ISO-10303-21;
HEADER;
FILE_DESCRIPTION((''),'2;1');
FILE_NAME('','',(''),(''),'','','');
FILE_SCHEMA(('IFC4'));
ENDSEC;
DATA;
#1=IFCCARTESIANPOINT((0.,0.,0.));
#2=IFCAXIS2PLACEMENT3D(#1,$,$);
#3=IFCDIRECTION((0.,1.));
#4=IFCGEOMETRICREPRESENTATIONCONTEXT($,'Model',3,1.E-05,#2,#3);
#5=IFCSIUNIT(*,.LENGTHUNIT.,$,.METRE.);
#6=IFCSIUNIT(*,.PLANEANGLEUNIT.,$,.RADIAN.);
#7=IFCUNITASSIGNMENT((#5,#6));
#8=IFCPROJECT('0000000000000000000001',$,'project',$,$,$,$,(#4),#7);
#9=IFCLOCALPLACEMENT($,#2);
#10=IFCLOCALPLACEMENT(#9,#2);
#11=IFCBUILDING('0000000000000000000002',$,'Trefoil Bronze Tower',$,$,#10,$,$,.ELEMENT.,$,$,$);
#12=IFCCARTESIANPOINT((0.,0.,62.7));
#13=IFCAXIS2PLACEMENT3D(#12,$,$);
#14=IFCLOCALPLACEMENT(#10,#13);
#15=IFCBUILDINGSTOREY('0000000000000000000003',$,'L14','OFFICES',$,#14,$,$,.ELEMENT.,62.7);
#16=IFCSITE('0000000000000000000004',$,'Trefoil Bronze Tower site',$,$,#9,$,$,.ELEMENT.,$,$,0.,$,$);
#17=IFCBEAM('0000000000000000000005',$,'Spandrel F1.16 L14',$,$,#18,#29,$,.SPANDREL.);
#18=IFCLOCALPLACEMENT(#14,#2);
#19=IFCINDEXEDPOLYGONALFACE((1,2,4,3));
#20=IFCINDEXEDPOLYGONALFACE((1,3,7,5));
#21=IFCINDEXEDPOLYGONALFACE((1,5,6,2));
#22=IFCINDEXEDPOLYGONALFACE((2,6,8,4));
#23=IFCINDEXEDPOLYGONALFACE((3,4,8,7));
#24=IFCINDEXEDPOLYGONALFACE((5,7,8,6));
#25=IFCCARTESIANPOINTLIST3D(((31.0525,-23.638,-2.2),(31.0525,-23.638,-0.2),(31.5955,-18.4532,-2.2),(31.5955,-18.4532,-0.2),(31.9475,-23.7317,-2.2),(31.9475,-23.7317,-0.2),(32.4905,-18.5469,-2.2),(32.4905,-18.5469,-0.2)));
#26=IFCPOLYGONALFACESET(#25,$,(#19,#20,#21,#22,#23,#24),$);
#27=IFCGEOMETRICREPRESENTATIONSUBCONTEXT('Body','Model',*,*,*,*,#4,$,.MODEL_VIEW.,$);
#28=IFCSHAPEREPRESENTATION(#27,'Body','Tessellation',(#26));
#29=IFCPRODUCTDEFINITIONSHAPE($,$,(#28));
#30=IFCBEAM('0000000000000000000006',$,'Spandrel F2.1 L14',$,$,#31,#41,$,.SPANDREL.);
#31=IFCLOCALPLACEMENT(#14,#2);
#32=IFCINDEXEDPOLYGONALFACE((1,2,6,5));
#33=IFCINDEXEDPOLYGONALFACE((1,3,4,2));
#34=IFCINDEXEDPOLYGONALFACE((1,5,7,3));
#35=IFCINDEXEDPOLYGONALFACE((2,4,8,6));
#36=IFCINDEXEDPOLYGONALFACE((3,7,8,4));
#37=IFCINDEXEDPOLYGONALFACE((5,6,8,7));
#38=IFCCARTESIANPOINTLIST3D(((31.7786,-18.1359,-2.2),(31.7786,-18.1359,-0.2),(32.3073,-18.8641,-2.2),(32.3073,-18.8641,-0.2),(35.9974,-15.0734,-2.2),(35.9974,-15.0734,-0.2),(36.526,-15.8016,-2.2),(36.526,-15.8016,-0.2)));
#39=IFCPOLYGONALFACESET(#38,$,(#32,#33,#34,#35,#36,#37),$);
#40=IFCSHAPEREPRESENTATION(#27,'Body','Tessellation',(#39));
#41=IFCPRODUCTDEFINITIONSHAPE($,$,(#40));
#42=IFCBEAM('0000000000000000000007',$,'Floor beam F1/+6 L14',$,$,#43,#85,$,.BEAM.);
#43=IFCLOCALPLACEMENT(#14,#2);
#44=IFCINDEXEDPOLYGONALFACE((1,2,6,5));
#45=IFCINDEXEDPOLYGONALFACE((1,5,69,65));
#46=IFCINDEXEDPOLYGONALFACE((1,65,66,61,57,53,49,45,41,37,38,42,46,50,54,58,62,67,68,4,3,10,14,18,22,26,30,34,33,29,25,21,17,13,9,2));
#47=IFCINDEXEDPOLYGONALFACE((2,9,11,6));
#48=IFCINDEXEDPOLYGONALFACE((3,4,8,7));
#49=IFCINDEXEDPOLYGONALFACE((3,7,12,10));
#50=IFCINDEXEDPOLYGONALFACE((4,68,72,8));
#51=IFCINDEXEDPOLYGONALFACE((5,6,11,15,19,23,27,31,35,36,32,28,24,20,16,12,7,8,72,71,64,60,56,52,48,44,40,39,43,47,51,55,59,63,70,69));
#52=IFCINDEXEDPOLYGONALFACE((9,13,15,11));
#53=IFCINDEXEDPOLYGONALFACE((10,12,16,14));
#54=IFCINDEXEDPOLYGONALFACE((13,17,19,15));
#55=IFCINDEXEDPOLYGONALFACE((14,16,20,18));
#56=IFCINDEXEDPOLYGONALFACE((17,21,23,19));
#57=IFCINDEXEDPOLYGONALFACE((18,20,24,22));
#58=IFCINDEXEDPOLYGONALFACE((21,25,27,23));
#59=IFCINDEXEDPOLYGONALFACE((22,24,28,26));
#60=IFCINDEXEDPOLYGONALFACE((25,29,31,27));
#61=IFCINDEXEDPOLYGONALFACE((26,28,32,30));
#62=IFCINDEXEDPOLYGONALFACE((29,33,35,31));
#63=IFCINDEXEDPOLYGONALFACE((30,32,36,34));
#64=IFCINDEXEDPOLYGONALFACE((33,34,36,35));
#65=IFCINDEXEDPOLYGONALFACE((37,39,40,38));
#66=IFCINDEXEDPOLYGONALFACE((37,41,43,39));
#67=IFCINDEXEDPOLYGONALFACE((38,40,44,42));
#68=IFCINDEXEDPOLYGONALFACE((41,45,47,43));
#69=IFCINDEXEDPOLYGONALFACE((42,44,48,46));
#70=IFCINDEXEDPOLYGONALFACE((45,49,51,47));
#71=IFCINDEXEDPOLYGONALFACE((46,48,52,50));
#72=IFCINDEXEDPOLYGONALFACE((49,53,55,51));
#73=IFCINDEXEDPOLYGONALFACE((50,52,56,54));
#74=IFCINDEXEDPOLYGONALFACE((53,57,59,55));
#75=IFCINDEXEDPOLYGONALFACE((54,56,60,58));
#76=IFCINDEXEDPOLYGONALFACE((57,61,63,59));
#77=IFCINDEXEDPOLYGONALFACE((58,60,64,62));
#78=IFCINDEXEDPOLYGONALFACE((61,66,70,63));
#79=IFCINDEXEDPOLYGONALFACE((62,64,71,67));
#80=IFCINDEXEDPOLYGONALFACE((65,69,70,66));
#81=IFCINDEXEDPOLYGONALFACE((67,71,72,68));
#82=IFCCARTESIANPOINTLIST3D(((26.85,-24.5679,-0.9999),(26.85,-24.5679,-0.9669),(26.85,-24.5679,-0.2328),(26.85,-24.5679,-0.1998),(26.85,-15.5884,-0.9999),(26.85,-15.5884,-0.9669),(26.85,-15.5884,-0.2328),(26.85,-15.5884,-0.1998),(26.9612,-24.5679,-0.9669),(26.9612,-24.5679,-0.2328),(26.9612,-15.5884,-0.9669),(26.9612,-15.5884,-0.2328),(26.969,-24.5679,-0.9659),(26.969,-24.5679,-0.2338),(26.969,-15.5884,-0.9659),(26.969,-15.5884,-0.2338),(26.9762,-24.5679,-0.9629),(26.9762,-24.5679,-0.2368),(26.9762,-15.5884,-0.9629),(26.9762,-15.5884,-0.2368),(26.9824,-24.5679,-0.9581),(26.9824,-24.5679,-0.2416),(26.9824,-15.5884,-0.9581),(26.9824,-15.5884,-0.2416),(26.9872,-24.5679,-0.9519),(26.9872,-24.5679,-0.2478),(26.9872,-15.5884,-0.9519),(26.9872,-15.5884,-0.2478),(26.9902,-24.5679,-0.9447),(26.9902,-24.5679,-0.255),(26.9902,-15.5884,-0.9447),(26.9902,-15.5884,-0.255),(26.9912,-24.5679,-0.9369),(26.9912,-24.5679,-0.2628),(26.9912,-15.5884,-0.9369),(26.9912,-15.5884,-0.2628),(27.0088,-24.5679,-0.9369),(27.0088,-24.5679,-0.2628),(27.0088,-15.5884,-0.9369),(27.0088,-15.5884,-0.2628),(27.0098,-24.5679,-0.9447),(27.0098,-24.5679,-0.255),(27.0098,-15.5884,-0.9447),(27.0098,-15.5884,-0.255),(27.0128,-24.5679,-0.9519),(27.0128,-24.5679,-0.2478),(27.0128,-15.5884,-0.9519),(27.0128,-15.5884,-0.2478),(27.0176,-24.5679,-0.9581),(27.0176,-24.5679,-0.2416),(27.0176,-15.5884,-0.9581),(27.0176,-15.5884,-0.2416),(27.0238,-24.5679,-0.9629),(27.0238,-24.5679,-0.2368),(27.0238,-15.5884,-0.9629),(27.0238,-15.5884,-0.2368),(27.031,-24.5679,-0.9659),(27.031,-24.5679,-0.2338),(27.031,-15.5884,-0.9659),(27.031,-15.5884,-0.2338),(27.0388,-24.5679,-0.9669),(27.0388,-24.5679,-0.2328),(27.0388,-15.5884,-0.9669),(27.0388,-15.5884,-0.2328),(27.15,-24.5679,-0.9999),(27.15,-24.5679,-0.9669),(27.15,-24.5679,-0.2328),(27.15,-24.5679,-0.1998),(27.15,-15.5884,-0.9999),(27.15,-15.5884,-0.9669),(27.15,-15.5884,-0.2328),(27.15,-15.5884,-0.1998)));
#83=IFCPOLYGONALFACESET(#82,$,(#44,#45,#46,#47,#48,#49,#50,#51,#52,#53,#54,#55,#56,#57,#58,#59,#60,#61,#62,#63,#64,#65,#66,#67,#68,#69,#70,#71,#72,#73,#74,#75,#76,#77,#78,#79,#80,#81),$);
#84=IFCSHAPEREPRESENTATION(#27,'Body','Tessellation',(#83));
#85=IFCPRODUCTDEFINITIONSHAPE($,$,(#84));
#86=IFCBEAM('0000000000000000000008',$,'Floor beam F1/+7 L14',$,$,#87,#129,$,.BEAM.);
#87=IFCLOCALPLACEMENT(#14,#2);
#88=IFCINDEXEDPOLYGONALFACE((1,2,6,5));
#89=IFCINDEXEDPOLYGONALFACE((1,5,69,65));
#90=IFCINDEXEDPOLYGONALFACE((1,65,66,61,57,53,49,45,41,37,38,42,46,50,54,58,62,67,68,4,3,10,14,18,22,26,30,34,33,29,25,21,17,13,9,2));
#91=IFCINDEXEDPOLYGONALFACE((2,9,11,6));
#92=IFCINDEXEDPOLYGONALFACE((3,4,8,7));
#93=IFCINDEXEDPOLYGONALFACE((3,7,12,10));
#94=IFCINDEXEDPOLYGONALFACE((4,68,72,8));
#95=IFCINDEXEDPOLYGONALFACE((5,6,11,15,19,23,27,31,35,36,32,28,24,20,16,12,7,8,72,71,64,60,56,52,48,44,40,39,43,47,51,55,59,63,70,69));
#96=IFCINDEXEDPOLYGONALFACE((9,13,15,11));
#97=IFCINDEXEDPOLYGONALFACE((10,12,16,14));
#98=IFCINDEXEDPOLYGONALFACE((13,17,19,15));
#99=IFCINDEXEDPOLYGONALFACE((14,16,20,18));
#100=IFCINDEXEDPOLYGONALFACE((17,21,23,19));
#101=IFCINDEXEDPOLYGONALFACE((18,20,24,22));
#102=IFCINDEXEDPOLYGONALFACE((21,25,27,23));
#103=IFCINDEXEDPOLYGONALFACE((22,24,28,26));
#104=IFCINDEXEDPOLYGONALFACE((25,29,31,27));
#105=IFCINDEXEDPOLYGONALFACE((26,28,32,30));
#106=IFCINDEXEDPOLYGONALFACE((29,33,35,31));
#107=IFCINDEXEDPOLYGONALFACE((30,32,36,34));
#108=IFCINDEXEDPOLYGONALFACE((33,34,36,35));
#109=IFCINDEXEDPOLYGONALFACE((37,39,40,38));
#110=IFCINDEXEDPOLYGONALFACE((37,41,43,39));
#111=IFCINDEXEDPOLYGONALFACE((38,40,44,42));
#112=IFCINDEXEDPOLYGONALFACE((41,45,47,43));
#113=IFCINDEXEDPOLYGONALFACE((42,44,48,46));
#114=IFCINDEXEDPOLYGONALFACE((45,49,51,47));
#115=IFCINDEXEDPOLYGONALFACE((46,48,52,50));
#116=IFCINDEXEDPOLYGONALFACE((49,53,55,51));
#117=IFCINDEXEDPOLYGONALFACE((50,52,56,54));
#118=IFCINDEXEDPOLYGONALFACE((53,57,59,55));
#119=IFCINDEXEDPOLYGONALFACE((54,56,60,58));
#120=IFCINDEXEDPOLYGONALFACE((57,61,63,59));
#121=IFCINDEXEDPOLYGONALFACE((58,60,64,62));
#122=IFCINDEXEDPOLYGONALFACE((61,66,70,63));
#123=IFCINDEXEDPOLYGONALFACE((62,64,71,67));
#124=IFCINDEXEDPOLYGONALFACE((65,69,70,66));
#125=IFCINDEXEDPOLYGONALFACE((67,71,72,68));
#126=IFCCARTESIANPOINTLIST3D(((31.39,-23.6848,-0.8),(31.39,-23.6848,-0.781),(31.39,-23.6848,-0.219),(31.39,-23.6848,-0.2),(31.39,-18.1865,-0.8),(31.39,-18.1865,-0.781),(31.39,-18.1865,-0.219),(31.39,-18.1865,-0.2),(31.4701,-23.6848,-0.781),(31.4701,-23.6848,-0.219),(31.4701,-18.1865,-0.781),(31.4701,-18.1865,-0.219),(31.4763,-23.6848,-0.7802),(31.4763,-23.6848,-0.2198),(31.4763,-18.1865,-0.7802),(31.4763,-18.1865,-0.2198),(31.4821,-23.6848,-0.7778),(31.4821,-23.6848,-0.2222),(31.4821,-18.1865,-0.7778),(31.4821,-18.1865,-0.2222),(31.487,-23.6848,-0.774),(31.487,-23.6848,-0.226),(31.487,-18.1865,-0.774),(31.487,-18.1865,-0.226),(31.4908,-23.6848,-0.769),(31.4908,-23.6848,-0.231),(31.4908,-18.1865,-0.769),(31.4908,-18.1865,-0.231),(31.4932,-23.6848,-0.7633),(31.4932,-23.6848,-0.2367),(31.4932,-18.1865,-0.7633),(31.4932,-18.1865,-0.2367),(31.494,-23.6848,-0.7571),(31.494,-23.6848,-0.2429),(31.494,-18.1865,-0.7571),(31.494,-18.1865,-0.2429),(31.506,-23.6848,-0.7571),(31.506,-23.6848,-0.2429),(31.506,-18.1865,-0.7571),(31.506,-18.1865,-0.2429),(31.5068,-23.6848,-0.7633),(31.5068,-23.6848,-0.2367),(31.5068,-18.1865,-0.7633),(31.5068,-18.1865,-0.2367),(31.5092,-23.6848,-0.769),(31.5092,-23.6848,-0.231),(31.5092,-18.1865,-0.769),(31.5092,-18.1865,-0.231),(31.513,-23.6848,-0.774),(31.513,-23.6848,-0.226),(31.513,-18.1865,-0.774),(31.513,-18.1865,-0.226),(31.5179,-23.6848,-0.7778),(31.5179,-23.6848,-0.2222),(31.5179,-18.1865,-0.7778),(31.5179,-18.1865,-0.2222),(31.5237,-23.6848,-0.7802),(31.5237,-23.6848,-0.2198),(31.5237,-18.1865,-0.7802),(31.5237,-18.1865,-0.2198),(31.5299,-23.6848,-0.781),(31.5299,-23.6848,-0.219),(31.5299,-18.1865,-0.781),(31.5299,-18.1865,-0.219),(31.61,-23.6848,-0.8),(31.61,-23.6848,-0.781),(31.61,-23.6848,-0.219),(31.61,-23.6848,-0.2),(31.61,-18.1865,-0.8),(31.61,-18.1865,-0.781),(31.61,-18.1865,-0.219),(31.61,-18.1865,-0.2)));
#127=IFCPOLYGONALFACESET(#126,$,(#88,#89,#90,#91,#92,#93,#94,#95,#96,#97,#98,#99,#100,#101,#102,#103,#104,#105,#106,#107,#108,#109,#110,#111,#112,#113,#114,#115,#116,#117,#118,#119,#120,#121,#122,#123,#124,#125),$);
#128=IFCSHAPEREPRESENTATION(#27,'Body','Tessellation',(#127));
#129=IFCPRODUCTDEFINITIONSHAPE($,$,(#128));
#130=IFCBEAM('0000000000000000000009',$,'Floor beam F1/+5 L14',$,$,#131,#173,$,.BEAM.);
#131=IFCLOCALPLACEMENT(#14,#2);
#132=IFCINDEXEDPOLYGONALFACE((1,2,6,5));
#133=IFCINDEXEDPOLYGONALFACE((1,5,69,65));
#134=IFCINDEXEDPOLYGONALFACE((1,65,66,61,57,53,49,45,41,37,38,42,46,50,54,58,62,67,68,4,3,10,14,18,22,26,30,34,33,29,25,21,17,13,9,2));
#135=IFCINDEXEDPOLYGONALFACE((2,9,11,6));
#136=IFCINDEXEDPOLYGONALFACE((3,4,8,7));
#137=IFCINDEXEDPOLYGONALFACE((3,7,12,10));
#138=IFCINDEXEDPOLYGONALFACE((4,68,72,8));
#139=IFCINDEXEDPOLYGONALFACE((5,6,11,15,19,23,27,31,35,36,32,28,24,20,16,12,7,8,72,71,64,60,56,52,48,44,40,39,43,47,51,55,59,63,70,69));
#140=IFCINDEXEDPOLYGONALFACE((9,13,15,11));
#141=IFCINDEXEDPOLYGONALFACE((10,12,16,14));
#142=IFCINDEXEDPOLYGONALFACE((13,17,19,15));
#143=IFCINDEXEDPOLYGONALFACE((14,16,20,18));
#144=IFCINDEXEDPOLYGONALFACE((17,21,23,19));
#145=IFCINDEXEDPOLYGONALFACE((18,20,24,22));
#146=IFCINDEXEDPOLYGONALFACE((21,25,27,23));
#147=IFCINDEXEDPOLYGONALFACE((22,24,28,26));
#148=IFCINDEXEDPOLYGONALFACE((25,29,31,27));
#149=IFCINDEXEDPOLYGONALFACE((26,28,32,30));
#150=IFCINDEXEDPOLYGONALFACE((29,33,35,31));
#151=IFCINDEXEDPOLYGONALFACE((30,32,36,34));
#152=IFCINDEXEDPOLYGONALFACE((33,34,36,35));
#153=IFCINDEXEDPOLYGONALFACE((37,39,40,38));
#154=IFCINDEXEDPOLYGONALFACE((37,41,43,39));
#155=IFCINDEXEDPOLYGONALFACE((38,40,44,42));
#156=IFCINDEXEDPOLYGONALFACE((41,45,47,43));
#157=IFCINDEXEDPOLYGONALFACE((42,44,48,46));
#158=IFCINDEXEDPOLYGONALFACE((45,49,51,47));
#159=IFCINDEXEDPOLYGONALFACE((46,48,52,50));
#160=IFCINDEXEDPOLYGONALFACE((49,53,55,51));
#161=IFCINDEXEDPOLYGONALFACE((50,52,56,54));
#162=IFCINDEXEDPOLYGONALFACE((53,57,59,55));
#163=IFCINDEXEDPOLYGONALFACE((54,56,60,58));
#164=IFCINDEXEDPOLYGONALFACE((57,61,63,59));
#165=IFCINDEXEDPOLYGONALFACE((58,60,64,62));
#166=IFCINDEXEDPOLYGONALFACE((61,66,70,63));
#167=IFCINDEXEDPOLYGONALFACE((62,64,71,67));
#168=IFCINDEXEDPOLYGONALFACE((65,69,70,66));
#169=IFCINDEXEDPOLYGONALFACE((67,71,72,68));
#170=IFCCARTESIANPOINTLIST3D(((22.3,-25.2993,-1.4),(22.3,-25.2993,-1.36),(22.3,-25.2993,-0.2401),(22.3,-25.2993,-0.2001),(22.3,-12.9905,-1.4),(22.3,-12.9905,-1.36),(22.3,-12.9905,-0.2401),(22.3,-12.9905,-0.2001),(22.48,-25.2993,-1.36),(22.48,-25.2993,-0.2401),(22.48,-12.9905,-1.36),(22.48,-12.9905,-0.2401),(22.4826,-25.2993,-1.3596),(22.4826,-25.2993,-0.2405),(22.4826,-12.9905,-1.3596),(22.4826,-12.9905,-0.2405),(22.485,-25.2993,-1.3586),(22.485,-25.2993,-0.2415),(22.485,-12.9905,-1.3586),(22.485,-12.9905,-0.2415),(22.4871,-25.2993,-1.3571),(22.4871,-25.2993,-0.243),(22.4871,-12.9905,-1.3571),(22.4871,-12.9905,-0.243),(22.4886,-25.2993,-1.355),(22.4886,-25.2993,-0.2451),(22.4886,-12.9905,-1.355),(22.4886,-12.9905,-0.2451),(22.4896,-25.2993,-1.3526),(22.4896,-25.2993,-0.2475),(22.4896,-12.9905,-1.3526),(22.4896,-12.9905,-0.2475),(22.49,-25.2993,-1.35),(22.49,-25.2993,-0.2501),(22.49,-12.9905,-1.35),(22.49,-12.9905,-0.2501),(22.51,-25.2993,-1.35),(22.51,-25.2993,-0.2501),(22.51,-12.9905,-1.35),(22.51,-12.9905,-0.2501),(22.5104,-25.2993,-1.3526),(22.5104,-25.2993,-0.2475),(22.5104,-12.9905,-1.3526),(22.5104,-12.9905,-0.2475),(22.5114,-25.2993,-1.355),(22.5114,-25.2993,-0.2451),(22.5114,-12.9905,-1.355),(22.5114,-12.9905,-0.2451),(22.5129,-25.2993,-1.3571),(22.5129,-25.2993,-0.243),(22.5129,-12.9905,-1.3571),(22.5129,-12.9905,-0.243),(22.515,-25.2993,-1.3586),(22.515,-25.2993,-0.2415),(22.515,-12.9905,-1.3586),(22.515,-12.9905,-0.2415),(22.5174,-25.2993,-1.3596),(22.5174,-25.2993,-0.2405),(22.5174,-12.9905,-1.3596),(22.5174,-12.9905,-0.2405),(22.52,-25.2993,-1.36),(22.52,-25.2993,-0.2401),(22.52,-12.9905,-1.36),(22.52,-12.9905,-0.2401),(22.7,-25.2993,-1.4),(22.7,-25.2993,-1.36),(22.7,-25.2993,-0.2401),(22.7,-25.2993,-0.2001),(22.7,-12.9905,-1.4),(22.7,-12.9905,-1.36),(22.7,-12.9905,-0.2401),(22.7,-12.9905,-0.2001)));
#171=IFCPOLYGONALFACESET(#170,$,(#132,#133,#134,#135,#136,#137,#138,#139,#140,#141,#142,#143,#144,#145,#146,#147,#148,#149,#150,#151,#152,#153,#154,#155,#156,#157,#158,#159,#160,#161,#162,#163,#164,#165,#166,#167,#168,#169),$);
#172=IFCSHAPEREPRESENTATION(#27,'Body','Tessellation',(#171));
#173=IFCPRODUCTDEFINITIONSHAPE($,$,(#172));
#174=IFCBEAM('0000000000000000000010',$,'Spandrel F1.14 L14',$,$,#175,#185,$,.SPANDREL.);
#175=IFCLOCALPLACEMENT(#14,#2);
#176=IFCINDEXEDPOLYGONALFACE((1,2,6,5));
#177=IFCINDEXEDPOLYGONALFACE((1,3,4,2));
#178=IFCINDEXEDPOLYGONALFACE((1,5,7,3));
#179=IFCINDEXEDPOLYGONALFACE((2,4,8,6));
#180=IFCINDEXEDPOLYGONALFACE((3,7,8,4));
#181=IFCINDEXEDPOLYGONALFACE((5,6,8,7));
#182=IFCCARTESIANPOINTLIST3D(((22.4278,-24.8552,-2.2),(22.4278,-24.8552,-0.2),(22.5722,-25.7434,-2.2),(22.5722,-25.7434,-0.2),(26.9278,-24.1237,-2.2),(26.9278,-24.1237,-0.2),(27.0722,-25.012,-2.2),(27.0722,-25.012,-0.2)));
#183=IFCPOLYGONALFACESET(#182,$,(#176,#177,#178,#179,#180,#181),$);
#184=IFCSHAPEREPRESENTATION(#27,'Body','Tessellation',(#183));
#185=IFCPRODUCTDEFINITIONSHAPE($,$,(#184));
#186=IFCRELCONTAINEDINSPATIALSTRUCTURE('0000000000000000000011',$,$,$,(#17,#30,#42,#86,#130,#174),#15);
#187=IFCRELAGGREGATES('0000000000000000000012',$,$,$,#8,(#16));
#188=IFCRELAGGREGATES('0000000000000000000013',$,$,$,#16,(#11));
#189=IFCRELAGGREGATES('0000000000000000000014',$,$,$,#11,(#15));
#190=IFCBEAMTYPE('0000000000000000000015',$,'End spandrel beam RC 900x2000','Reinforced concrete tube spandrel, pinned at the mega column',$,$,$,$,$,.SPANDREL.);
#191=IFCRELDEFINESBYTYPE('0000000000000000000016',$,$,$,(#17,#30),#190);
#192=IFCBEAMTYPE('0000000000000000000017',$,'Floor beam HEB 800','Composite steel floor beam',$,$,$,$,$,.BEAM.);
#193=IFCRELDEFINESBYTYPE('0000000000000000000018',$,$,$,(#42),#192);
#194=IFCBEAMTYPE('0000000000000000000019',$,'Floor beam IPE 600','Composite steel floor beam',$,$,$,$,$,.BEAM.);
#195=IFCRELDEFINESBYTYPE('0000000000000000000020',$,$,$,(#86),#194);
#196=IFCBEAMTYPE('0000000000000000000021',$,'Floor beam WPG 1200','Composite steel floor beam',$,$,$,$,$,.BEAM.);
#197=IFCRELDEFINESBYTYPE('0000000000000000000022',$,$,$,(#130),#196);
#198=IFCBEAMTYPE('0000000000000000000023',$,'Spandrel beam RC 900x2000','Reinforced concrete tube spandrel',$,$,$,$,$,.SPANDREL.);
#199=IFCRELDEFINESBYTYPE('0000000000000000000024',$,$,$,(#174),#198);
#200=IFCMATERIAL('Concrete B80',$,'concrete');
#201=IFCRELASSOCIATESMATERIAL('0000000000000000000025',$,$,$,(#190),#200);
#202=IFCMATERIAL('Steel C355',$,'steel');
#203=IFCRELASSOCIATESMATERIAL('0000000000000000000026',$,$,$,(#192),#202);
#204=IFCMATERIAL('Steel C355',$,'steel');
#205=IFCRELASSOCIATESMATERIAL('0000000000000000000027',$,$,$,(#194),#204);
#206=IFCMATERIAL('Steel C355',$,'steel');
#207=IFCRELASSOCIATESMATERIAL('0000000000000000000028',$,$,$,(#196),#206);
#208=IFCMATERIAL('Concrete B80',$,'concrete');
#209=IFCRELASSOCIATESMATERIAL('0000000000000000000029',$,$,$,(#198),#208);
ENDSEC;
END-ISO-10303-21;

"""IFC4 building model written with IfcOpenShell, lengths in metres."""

from ifc_helpers import new_model, si_unit, direction, frame, origin, origin_2d, place, context, subcontext, project, spatial, rectangle, i_section, extrude, material, material_profile, profile_set, type_object, element, save


model = new_model("IFC4")

# Units and contexts
model_context = context("Model", 3, precision=1e-05, world=origin(), true_north=direction((0.0, 1.0)))
body_context = subcontext(model_context, "Body", "Model", "MODEL_VIEW")
ifc_project = project(units=[si_unit("LENGTHUNIT", "METRE"), si_unit("PLANEANGLEUNIT", "RADIAN")], contexts=[model_context])

# Site, building, storey
site_placement = place(None, origin())
site = spatial("IfcSite", under=ifc_project, at=site_placement, Name="Trefoil Bronze Tower site", CompositionType="ELEMENT", RefElevation=0.0)
building_placement = place(site_placement, origin())
building = spatial("IfcBuilding", under=site, at=building_placement, Name="Trefoil Bronze Tower", CompositionType="ELEMENT")
storey_placement = place(building_placement, frame((0.0, 0.0, 62.7)))
storey = spatial("IfcBuildingStorey", under=building, at=storey_placement, Name="L14", Description="OFFICES", CompositionType="ELEMENT", Elevation=62.7)

# Beams
ifc_material_1 = material(Name="Concrete B80", Category="concrete")
ifc_material_profile_1 = material_profile(ifc_material_1, rectangle(XDim=0.8999, YDim=2.0, at=origin_2d()), Name="RC 900x2000")
ifc_profile_set_1 = profile_set([ifc_material_profile_1], Name="Concrete B80")
beam_type_1 = type_object("IfcBeamType", Name="End spandrel beam RC 900x2000", Description="Reinforced concrete tube spandrel, pinned at the mega column", PredefinedType="SPANDREL", material=ifc_profile_set_1)
for number, where, z_axis, x_axis, name in (
    (1, (31.5, -23.6848, -1.2), (0.104153, 0.994561, 0.0), (-0.994561, 0.104153, 0.0), "Spandrel F1.16 L14"),
    (2, (32.043, -18.5, -1.2), (0.809254, 0.587459, 0.0), (-0.587459, 0.809254, 0.0), "Spandrel F2.1 L14"),
):
    element("IfcBeam", number, at=place(storey_placement, frame(where, z_axis=z_axis, x_axis=x_axis)), inside=storey, type_object=beam_type_1, Name=name, PredefinedType="SPANDREL", context=body_context, shape_type="SweptSolid", body=[
        extrude(rectangle(XDim=0.8999, YDim=2.0, at=origin_2d()), origin(), (0.0, 0.0, 1.0), 5.2131),
    ])
ifc_material_2 = material(Name="Steel C355", Category="steel")
ifc_material_profile_2 = material_profile(ifc_material_2, i_section(OverallWidth=0.3, OverallDepth=0.8, WebThickness=0.0176, FlangeThickness=0.033, FilletRadius=0.03, at=origin_2d()), Name="HEB 800")
ifc_profile_set_2 = profile_set([ifc_material_profile_2], Name="Steel C355")
beam_type_2 = type_object("IfcBeamType", Name="Floor beam HEB 800", Description="Composite steel floor beam", PredefinedType="BEAM", material=ifc_profile_set_2)
beam_1_placement = place(storey_placement, frame((27.0, -24.5679, -0.5999), z_axis=(0.0, 1.0, 0.0), x_axis=(-1.0, 0.0, 0.0)))
element("IfcBeam", 3, at=beam_1_placement, inside=storey, type_object=beam_type_2, Name="Floor beam F1/+6 L14", PredefinedType="BEAM", context=body_context, shape_type="SweptSolid", body=[
    extrude(i_section(OverallWidth=0.3, OverallDepth=0.8, WebThickness=0.0176, FlangeThickness=0.033, FilletRadius=0.03, at=origin_2d()), origin(), (0.0, 0.0, 1.0), 8.9795),
])
ifc_material_3 = material(Name="Steel C355", Category="steel")
ifc_material_profile_3 = material_profile(ifc_material_3, i_section(OverallWidth=0.22, OverallDepth=0.6001, WebThickness=0.012, FlangeThickness=0.019, FilletRadius=0.0239, at=origin_2d()), Name="IPE 600")
ifc_profile_set_3 = profile_set([ifc_material_profile_3], Name="Steel C355")
beam_type_3 = type_object("IfcBeamType", Name="Floor beam IPE 600", Description="Composite steel floor beam", PredefinedType="BEAM", material=ifc_profile_set_3)
beam_2_placement = place(storey_placement, frame((31.5, -23.6848, -0.5), z_axis=(0.0, 1.0, 0.0), x_axis=(-1.0, 0.0, 0.0)))
element("IfcBeam", 4, at=beam_2_placement, inside=storey, type_object=beam_type_3, Name="Floor beam F1/+7 L14", PredefinedType="BEAM", context=body_context, shape_type="SweptSolid", body=[
    extrude(i_section(OverallWidth=0.22, OverallDepth=0.6001, WebThickness=0.012, FlangeThickness=0.019, FilletRadius=0.0239, at=origin_2d()), origin(), (0.0, 0.0, 1.0), 5.4983),
])
ifc_material_4 = material(Name="Steel C355", Category="steel")
ifc_material_profile_4 = material_profile(ifc_material_4, i_section(OverallWidth=0.3999, OverallDepth=1.2, WebThickness=0.02, FlangeThickness=0.04, FilletRadius=0.01, at=origin_2d()), Name="WPG 1200")
ifc_profile_set_4 = profile_set([ifc_material_profile_4], Name="Steel C355")
beam_type_4 = type_object("IfcBeamType", Name="Floor beam WPG 1200", Description="Composite steel floor beam", PredefinedType="BEAM", material=ifc_profile_set_4)
beam_3_placement = place(storey_placement, frame((22.5, -25.2993, -0.8), z_axis=(0.0, 1.0, 0.0), x_axis=(-1.0, 0.0, 0.0)))
element("IfcBeam", 5, at=beam_3_placement, inside=storey, type_object=beam_type_4, Name="Floor beam F1/+5 L14", PredefinedType="BEAM", context=body_context, shape_type="SweptSolid", body=[
    extrude(i_section(OverallWidth=0.3999, OverallDepth=1.2, WebThickness=0.02, FlangeThickness=0.04, FilletRadius=0.01, at=origin_2d()), origin(), (0.0, 0.0, 1.0), 12.3088),
])
ifc_material_5 = material(Name="Concrete B80", Category="concrete")
ifc_material_profile_5 = material_profile(ifc_material_5, rectangle(XDim=0.8999, YDim=2.0, at=origin_2d()), Name="RC 900x2000")
ifc_profile_set_5 = profile_set([ifc_material_profile_5], Name="Concrete B80")
beam_type_5 = type_object("IfcBeamType", Name="Spandrel beam RC 900x2000", Description="Reinforced concrete tube spandrel", PredefinedType="SPANDREL", material=ifc_profile_set_5)
beam_4_placement = place(storey_placement, frame((22.5, -25.2993, -1.2), z_axis=(0.987046, 0.160438, 0.0), x_axis=(-0.160438, 0.987046, 0.0)))
element("IfcBeam", 6, at=beam_4_placement, inside=storey, type_object=beam_type_5, Name="Spandrel F1.14 L14", PredefinedType="SPANDREL", context=body_context, shape_type="SweptSolid", body=[
    extrude(rectangle(XDim=0.8999, YDim=2.0, at=origin_2d()), origin(), (0.0, 0.0, 1.0), 4.5591),
])

save(model, "model.ifc")
